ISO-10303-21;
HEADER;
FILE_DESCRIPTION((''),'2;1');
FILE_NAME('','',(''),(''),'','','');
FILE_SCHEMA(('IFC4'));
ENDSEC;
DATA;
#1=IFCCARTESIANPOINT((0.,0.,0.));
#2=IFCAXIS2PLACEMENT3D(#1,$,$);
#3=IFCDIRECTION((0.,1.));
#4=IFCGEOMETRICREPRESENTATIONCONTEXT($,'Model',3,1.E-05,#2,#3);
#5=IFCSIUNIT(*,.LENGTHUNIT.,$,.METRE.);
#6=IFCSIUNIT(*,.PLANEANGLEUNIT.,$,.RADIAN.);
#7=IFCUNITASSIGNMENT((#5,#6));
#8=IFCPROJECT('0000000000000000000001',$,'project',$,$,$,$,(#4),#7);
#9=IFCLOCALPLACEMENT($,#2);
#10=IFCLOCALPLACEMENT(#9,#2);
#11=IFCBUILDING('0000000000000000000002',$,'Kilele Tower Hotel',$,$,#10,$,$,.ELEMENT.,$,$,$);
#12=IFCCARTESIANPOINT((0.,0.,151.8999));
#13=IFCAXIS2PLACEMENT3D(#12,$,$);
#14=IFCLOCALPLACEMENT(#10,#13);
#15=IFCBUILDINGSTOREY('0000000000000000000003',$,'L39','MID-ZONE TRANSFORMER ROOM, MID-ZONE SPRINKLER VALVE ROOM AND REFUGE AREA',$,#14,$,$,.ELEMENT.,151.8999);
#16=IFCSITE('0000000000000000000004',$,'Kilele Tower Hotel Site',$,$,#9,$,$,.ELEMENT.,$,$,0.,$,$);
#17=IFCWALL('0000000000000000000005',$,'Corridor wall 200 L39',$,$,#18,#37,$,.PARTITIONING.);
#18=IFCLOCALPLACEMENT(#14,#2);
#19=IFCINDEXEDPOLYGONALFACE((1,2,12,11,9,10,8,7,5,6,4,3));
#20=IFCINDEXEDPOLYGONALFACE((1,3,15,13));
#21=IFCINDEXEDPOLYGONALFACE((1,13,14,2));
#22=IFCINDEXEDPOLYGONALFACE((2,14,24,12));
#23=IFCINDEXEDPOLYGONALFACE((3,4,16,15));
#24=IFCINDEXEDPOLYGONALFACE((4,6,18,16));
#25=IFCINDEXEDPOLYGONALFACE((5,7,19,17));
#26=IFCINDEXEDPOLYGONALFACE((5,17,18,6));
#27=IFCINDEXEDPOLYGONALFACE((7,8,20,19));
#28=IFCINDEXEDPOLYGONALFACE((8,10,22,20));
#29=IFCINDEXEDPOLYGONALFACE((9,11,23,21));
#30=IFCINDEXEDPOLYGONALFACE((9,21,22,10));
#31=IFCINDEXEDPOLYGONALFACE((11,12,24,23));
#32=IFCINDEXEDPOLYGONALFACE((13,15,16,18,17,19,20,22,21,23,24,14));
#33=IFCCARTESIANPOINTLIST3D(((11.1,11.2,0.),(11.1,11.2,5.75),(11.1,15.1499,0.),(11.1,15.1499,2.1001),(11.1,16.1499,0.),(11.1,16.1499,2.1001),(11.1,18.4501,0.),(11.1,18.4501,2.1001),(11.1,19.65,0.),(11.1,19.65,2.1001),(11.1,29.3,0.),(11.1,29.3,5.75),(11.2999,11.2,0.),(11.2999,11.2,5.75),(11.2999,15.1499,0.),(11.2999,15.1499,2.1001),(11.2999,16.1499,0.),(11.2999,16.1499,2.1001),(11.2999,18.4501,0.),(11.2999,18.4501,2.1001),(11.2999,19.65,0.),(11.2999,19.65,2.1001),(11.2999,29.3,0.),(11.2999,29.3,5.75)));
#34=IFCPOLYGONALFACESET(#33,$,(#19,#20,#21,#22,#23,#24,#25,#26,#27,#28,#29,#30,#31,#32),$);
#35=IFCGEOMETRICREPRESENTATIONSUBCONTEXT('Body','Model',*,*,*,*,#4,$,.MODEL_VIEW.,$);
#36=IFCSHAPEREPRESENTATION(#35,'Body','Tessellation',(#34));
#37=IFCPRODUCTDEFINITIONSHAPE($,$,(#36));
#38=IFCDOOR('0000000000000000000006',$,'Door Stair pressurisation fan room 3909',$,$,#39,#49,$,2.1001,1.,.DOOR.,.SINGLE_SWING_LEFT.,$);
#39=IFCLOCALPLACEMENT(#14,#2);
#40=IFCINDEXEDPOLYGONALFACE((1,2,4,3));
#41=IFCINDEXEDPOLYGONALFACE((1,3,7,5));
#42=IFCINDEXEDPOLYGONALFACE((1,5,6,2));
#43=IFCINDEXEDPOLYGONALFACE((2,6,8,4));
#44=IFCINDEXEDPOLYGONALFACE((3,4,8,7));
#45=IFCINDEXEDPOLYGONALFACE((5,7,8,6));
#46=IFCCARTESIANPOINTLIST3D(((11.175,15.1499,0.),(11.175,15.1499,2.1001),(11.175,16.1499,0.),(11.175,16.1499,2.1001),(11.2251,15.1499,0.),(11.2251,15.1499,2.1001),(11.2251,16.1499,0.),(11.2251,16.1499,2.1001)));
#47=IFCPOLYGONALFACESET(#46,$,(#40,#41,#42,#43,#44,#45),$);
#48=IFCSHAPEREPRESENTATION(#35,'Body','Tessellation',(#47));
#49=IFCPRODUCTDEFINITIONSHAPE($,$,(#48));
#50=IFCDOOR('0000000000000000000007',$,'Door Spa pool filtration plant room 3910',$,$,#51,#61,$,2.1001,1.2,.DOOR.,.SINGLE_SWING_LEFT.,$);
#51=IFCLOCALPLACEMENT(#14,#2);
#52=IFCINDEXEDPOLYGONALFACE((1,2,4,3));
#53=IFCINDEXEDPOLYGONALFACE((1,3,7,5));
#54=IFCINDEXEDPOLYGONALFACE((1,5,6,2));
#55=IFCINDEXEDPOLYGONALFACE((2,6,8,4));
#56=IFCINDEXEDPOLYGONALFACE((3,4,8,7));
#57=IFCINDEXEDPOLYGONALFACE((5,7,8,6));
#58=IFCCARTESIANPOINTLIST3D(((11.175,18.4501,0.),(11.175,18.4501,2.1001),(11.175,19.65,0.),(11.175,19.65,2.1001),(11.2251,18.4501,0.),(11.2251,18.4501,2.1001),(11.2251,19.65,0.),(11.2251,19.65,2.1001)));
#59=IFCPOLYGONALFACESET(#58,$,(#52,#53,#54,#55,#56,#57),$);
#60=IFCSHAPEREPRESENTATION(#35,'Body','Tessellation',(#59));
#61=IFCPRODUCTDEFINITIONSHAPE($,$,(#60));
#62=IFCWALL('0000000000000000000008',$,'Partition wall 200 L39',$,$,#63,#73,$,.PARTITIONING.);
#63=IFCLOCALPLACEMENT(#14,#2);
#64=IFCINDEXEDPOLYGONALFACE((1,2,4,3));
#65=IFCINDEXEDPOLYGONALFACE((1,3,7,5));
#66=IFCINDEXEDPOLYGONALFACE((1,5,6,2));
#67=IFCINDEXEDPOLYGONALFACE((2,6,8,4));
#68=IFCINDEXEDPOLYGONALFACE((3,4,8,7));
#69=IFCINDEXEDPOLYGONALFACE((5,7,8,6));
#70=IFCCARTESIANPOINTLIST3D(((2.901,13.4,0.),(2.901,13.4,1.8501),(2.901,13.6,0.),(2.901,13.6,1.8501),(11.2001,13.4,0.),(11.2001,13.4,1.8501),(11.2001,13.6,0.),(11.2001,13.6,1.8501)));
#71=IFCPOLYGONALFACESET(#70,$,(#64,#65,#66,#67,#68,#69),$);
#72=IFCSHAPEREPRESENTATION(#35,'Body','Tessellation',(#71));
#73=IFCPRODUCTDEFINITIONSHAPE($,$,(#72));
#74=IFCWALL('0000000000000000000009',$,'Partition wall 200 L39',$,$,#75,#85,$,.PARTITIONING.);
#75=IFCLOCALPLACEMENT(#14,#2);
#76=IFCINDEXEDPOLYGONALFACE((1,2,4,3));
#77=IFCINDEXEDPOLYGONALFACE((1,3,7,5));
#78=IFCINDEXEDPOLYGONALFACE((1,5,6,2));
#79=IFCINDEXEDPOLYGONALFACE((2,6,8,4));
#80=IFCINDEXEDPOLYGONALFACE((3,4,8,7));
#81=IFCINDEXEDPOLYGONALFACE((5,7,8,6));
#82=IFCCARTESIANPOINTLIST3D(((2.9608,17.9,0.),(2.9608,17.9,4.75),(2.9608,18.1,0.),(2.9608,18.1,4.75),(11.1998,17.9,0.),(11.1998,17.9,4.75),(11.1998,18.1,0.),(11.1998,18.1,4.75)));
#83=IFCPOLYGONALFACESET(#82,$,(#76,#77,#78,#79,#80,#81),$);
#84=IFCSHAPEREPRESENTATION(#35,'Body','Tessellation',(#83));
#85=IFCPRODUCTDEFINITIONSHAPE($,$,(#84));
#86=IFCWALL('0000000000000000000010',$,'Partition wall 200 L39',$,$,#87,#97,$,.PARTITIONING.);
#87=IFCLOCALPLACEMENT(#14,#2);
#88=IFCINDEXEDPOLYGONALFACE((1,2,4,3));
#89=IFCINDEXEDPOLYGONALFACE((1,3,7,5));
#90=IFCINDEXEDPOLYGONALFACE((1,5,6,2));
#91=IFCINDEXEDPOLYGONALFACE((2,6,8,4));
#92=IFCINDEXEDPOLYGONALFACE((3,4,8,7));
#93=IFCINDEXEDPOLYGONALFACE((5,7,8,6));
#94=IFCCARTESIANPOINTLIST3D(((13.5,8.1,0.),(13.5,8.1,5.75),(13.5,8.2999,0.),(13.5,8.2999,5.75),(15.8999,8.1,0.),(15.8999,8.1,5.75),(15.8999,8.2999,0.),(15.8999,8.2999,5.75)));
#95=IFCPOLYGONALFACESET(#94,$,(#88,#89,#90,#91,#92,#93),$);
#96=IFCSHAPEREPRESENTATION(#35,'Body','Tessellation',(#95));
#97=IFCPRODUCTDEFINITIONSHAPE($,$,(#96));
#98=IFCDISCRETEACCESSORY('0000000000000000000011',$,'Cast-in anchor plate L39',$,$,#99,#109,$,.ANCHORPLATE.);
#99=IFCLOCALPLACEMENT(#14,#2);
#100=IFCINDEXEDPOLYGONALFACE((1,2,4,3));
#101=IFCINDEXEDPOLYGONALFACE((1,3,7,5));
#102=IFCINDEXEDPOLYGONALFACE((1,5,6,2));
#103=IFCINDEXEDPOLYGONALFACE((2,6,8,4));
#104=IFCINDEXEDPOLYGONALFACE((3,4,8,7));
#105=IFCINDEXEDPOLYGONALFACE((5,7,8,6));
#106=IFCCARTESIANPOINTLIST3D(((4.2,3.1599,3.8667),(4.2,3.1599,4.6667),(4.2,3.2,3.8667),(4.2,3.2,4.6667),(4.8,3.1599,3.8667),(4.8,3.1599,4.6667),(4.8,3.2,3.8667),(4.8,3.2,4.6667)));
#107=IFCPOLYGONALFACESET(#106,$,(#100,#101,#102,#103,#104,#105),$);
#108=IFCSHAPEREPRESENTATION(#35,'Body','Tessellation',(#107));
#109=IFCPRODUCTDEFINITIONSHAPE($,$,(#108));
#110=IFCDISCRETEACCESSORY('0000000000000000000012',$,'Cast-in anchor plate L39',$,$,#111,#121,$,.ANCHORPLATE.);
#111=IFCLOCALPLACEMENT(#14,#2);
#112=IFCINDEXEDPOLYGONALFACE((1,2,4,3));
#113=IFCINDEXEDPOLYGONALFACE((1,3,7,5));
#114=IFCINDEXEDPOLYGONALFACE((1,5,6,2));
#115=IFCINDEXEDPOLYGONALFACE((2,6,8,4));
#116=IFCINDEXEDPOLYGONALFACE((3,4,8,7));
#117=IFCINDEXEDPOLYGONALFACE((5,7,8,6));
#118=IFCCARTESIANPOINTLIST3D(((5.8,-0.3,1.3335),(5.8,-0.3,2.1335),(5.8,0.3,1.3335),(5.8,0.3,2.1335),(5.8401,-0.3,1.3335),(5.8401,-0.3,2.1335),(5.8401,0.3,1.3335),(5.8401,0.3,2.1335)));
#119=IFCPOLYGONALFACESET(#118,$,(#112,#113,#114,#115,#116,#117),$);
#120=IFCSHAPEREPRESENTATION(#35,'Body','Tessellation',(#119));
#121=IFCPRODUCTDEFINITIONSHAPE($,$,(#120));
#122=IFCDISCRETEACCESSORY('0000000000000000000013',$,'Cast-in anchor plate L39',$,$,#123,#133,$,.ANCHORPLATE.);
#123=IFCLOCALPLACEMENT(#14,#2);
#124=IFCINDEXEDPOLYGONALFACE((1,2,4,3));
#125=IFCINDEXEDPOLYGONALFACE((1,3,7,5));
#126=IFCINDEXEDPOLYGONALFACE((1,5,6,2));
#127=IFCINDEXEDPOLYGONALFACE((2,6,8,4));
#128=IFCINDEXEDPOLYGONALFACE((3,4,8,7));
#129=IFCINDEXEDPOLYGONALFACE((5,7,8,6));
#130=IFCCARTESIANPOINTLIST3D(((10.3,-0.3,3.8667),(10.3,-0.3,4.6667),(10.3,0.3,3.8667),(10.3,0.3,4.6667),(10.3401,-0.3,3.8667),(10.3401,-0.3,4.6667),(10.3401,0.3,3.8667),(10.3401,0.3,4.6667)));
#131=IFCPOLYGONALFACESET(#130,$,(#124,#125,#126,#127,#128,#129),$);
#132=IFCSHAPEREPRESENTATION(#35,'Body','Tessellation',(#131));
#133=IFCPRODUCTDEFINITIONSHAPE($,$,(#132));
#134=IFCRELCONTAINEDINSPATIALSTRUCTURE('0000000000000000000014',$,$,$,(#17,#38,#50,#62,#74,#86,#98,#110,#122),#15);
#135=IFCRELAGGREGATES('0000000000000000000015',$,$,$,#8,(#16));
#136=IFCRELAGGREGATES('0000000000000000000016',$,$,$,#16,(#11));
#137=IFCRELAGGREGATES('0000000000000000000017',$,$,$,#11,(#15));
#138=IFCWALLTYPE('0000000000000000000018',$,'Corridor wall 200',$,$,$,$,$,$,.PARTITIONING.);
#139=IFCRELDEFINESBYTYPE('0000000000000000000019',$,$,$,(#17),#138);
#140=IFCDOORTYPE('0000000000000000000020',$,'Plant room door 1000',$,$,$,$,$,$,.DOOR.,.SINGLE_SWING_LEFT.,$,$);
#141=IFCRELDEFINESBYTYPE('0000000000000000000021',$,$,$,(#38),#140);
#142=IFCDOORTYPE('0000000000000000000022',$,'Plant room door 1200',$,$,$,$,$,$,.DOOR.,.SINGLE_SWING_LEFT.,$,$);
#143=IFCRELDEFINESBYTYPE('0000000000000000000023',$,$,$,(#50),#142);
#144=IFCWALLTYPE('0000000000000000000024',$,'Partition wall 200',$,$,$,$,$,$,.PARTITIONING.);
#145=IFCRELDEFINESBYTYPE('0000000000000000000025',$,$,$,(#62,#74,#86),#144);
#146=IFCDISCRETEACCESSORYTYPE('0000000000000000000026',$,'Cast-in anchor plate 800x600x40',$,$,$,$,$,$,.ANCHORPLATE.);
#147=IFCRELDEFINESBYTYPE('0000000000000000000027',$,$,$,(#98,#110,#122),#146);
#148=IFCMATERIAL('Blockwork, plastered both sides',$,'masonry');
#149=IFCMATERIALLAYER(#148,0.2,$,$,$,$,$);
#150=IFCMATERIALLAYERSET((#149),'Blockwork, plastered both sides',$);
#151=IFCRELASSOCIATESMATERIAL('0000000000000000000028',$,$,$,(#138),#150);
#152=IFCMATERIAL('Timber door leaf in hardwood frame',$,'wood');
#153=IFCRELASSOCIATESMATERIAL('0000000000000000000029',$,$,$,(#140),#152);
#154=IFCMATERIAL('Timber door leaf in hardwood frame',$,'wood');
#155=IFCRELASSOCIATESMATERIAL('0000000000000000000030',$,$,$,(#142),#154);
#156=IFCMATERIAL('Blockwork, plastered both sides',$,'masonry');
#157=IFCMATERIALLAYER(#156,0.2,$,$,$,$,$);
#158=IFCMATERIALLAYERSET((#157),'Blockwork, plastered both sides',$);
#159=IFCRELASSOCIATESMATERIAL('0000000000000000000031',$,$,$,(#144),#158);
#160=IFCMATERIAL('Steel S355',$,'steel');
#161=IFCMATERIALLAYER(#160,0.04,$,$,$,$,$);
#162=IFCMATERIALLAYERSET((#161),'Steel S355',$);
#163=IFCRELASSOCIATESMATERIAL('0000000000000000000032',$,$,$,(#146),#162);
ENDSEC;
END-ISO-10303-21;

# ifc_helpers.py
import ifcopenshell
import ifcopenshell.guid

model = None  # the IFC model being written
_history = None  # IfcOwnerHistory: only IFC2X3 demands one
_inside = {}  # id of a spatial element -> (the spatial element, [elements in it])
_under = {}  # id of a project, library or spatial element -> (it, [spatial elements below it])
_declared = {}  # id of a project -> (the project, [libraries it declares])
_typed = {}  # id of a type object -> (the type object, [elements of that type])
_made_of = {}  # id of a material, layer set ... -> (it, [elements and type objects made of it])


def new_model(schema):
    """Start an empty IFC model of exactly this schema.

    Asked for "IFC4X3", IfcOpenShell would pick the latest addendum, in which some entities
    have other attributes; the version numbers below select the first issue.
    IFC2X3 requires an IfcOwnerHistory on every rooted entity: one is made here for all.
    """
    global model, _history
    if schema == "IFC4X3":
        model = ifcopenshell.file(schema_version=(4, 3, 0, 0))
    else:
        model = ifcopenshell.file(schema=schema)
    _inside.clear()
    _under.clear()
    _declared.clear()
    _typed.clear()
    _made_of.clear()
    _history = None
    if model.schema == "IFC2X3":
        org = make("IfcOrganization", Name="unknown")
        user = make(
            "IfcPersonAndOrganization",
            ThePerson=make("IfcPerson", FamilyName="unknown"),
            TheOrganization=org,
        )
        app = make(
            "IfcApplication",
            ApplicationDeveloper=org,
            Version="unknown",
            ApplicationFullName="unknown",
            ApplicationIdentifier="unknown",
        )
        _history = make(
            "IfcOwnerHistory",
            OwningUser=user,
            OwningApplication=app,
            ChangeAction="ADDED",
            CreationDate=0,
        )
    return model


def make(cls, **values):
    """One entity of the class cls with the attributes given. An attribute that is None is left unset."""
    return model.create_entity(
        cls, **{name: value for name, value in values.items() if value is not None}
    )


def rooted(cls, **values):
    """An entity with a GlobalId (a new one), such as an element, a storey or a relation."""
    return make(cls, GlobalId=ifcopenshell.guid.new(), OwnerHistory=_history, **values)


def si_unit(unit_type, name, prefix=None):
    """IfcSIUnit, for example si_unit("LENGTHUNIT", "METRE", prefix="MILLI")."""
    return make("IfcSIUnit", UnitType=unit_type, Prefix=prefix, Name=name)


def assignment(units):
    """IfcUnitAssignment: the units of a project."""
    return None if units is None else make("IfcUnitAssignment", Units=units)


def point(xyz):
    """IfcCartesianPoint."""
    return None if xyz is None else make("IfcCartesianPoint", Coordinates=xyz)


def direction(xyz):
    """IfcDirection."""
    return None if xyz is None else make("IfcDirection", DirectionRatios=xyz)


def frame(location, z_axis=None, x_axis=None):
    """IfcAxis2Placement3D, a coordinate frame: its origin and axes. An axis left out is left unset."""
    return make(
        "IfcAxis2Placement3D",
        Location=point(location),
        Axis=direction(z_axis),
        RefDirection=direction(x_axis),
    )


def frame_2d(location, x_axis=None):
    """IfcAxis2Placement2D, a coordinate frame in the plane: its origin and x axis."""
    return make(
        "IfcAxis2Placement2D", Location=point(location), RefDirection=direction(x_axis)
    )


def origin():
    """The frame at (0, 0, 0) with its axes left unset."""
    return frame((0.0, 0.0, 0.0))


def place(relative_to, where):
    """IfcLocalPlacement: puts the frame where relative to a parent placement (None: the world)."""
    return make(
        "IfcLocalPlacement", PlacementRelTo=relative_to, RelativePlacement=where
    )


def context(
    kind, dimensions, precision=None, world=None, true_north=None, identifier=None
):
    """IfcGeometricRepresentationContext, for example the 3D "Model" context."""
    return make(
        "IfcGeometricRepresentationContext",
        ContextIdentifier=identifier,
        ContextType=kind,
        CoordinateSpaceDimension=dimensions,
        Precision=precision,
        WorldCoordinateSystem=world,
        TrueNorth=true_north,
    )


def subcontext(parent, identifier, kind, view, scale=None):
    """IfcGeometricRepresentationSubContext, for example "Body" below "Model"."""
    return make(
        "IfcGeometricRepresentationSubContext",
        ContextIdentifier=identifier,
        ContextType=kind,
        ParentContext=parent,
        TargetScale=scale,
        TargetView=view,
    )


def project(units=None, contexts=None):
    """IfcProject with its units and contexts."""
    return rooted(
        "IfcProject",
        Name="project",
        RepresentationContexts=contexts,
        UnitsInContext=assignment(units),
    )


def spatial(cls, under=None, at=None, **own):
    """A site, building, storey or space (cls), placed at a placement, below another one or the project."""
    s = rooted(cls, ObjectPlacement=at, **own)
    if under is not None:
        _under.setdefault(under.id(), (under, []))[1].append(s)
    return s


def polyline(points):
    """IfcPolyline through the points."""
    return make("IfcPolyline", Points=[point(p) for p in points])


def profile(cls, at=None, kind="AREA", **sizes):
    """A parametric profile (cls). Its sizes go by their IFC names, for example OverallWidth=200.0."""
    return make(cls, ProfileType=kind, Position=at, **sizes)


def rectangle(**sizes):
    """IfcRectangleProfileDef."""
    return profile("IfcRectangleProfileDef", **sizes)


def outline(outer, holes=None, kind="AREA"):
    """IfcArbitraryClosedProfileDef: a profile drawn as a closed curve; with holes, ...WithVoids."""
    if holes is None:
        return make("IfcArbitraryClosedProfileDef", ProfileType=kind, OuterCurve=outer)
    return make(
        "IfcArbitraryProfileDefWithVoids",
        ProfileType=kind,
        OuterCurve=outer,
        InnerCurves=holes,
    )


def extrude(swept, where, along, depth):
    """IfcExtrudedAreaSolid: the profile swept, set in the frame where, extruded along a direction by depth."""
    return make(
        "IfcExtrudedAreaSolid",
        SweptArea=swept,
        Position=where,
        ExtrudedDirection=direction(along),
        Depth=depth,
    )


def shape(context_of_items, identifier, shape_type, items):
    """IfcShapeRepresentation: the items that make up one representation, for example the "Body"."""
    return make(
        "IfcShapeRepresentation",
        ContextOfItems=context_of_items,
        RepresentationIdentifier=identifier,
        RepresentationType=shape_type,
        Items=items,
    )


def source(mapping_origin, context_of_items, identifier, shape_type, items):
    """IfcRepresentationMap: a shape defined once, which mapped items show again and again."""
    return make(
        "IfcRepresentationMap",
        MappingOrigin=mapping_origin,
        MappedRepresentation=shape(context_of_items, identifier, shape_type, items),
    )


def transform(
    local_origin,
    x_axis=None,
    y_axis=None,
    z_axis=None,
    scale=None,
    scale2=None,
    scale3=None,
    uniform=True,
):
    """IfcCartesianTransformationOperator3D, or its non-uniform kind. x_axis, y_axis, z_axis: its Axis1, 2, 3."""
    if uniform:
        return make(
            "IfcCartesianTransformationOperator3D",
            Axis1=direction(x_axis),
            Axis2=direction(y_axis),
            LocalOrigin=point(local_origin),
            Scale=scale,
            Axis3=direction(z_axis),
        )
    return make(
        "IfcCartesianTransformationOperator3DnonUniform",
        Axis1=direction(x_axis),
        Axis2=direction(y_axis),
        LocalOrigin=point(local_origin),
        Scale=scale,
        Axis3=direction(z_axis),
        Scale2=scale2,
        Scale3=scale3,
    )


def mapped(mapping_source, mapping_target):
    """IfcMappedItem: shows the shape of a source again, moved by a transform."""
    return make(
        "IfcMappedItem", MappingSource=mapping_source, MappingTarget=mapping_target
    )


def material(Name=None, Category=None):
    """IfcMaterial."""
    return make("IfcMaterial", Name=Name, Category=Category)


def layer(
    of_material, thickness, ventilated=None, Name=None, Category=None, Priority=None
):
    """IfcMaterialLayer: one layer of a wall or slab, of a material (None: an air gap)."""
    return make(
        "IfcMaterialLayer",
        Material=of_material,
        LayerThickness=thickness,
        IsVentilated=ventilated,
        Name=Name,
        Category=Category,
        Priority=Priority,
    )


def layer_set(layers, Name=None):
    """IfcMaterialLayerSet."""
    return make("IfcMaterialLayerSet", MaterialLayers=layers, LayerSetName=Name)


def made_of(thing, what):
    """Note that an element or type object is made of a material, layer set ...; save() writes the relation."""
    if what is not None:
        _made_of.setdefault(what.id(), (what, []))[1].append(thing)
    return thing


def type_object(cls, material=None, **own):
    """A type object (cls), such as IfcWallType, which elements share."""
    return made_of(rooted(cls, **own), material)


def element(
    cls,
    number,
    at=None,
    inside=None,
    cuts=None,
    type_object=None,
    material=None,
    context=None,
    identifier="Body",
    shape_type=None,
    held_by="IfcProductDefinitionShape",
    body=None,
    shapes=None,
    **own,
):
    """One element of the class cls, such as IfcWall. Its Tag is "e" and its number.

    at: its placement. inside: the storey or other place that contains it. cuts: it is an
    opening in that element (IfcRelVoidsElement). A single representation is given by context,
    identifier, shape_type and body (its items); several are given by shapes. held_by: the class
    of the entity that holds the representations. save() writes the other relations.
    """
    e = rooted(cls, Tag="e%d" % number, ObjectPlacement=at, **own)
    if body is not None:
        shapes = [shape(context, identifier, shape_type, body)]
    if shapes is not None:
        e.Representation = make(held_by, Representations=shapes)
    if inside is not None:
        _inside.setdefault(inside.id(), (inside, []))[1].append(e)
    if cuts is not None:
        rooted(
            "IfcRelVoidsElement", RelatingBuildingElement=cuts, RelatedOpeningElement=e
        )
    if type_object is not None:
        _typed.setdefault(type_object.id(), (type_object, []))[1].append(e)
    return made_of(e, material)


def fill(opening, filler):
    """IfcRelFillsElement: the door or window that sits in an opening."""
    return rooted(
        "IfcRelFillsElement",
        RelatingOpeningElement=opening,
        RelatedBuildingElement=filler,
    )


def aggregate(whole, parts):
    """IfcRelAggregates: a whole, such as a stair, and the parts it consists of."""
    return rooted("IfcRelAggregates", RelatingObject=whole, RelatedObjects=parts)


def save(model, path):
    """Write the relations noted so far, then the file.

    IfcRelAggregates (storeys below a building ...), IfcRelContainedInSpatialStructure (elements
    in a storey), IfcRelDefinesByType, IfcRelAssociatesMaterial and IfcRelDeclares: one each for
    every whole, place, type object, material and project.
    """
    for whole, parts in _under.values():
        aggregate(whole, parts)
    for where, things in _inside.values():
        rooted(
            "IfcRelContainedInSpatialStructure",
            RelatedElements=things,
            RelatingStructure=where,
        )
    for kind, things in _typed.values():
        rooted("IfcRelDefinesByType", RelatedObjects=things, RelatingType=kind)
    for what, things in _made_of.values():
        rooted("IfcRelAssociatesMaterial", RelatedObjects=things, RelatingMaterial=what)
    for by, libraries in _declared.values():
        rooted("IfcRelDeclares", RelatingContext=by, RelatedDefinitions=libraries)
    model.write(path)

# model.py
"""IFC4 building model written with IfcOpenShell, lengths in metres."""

from ifc_helpers import new_model, si_unit, direction, frame, frame_2d, origin, place, context, subcontext, project, spatial, polyline, rectangle, outline, extrude, source, transform, mapped, material, layer, layer_set, type_object, element, fill, save


model = new_model("IFC4")

# Units and contexts
model_context = context("Model", 3, precision=1e-05, world=origin(), true_north=direction((0.0, 1.0)))
body_context = subcontext(model_context, "Body", "Model", "MODEL_VIEW")
ifc_project = project(units=[si_unit("LENGTHUNIT", "METRE"), si_unit("PLANEANGLEUNIT", "RADIAN")], contexts=[model_context])

# Site, building, storey
site_placement = place(None, origin())
site = spatial("IfcSite", under=ifc_project, at=site_placement, Name="Kilele Tower Hotel Site", CompositionType="ELEMENT", RefElevation=0.0)
building_placement = place(site_placement, origin())
building = spatial("IfcBuilding", under=site, at=building_placement, Name="Kilele Tower Hotel", CompositionType="ELEMENT")
storey_placement = place(building_placement, frame((0.0, 0.0, 151.8999)))
storey = spatial("IfcBuildingStorey", under=building, at=storey_placement, Name="L39", Description="MID-ZONE TRANSFORMER ROOM, MID-ZONE SPRINKLER VALVE ROOM AND REFUGE AREA", CompositionType="ELEMENT", Elevation=151.8999)

# Wall, openings, doors
ifc_material_1 = material(Name="Blockwork, plastered both sides", Category="masonry")
ifc_layer_1 = layer(ifc_material_1, 0.2)
ifc_layer_set_1 = layer_set([ifc_layer_1], Name="Blockwork, plastered both sides")
wall_type_1 = type_object("IfcWallType", Name="Corridor wall 200", PredefinedType="PARTITIONING", material=ifc_layer_set_1)
ifc_material_2 = material(Name="Timber door leaf in hardwood frame", Category="wood")
door_type_1 = type_object("IfcDoorType", Name="Plant room door 1000", OperationType="SINGLE_SWING_LEFT", PredefinedType="DOOR", material=ifc_material_2)
ifc_material_3 = material(Name="Timber door leaf in hardwood frame", Category="wood")
door_type_2 = type_object("IfcDoorType", Name="Plant room door 1200", OperationType="SINGLE_SWING_LEFT", PredefinedType="DOOR", material=ifc_material_3)
wall_1_placement = place(storey_placement, frame((11.2, 11.2, 0.0), z_axis=(0.0, 0.0, 1.0), x_axis=(0.0, 1.0, 0.0)))
wall_1 = element("IfcWall", 1, at=wall_1_placement, inside=storey, type_object=wall_type_1, Name="Corridor wall 200 L39", PredefinedType="PARTITIONING", context=body_context, shape_type="SweptSolid", body=[
    extrude(rectangle(XDim=18.1001, YDim=0.2, at=frame_2d((9.05, 0.0))), origin(), (0.0, 0.0, 1.0), 5.75),
])
opening_1_placement = place(wall_1_placement, frame((3.95, 0.0, 0.0)))
opening_1 = element("IfcOpeningElement", 2, at=opening_1_placement, cuts=wall_1, PredefinedType="OPENING", context=body_context, shape_type="SweptSolid", body=[
    extrude(rectangle(XDim=1.0, YDim=2.1001, at=frame_2d((0.5, 1.05))), frame((0.0, 0.1099, 0.0), z_axis=(0.0, -1.0, 0.0), x_axis=(1.0, 0.0, 0.0)), (0.0, 0.0, 1.0), 0.22),
])
opening_2_placement = place(wall_1_placement, frame((7.25, 0.0, 0.0)))
opening_2 = element("IfcOpeningElement", 3, at=opening_2_placement, cuts=wall_1, PredefinedType="OPENING", context=body_context, shape_type="SweptSolid", body=[
    extrude(rectangle(XDim=1.2, YDim=2.1001, at=frame_2d((0.6001, 1.05))), frame((0.0, 0.1099, 0.0), z_axis=(0.0, -1.0, 0.0), x_axis=(1.0, 0.0, 0.0)), (0.0, 0.0, 1.0), 0.22),
])
door_1_placement = place(opening_1_placement, origin())
door_1 = element("IfcDoor", 4, at=door_1_placement, inside=storey, type_object=door_type_1, Name="Door Stair pressurisation fan room 3909", OperationType="SINGLE_SWING_LEFT", OverallHeight=2.1001, OverallWidth=1.0, PredefinedType="DOOR", context=body_context, shape_type="SweptSolid", body=[
    extrude(rectangle(XDim=1.0, YDim=2.1001, at=frame_2d((0.5, 1.05))), frame((0.0, 0.0249, 0.0), z_axis=(0.0, -1.0, 0.0), x_axis=(1.0, 0.0, 0.0)), (0.0, 0.0, 1.0), 0.05),
])
fill(opening_1, door_1)
door_2_placement = place(opening_2_placement, origin())
door_2 = element("IfcDoor", 5, at=door_2_placement, inside=storey, type_object=door_type_2, Name="Door Spa pool filtration plant room 3910", OperationType="SINGLE_SWING_LEFT", OverallHeight=2.1001, OverallWidth=1.2, PredefinedType="DOOR", context=body_context, shape_type="SweptSolid", body=[
    extrude(rectangle(XDim=1.2, YDim=2.1001, at=frame_2d((0.6001, 1.05))), frame((0.0, 0.0249, 0.0), z_axis=(0.0, -1.0, 0.0), x_axis=(1.0, 0.0, 0.0)), (0.0, 0.0, 1.0), 0.05),
])
fill(opening_2, door_2)

# Walls
ifc_material_4 = material(Name="Blockwork, plastered both sides", Category="masonry")
ifc_layer_2 = layer(ifc_material_4, 0.2)
ifc_layer_set_2 = layer_set([ifc_layer_2], Name="Blockwork, plastered both sides")
wall_type_2 = type_object("IfcWallType", Name="Partition wall 200", PredefinedType="PARTITIONING", material=ifc_layer_set_2)
wall_2_placement = place(storey_placement, frame((11.2, 13.5, 0.0), z_axis=(0.0, 0.0, 1.0), x_axis=(-1.0, 0.0, 0.0)))
element("IfcWall", 6, at=wall_2_placement, inside=storey, type_object=wall_type_2, Name="Partition wall 200 L39", PredefinedType="PARTITIONING", context=body_context, shape_type="SweptSolid", body=[
    extrude(rectangle(XDim=8.2991, YDim=0.2, at=frame_2d((4.1494, 0.0))), origin(), (0.0, 0.0, 1.0), 1.8501),
])
wall_3_placement = place(storey_placement, frame((11.2, 18.0, 0.0), z_axis=(0.0, 0.0, 1.0), x_axis=(-1.0, 0.0, 0.0)))
element("IfcWall", 7, at=wall_3_placement, inside=storey, type_object=wall_type_2, Name="Partition wall 200 L39", PredefinedType="PARTITIONING", context=body_context, shape_type="SweptSolid", body=[
    extrude(rectangle(XDim=8.239, YDim=0.2, at=frame_2d((4.1196, 0.0))), origin(), (0.0, 0.0, 1.0), 4.75),
])
wall_4_placement = place(storey_placement, frame((13.5, 8.2, 0.0), z_axis=(0.0, 0.0, 1.0), x_axis=(1.0, 0.0, 0.0)))
element("IfcWall", 8, at=wall_4_placement, inside=storey, type_object=wall_type_2, Name="Partition wall 200 L39", PredefinedType="PARTITIONING", context=body_context, shape_type="SweptSolid", body=[
    extrude(rectangle(XDim=2.3999, YDim=0.2, at=frame_2d((1.2, 0.0))), origin(), (0.0, 0.0, 1.0), 5.75),
])

# Discrete accessories
ifc_material_5 = material(Name="Steel S355", Category="steel")
ifc_layer_3 = layer(ifc_material_5, 0.04)
ifc_layer_set_3 = layer_set([ifc_layer_3], Name="Steel S355")
discrete_accessory_type = type_object("IfcDiscreteAccessoryType", Name="Cast-in anchor plate 800x600x40", PredefinedType="ANCHORPLATE", material=ifc_layer_set_3)
shared_shape = source(origin(), body_context, "Body", "SweptSolid", [
    extrude(outline(polyline([(0.0, 0.0), (0.04, 0.0), (0.04, 0.8), (0.0, 0.8), (0.0, 0.0)])), origin(), (0.0, 0.0, 1.0), 0.6001),
])
for number, where, z_axis, x_axis, name in (
    (9, (4.8, 3.2, 3.8667), (-1.0, 0.0, 0.0), (0.0, -1.0, 0.0), "Cast-in anchor plate L39"),
    (10, (5.8, 0.3, 1.3335), (0.0, -1.0, 0.0), (1.0, 0.0, 0.0), "Cast-in anchor plate L39"),
    (11, (10.3, 0.3, 3.8667), (0.0, -1.0, 0.0), (1.0, 0.0, 0.0), "Cast-in anchor plate L39"),
):
    element("IfcDiscreteAccessory", number, at=place(storey_placement, frame(where, z_axis=z_axis, x_axis=x_axis)), inside=storey, type_object=discrete_accessory_type, Name=name, PredefinedType="ANCHORPLATE", context=body_context, shape_type="MappedRepresentation", body=[
        mapped(shared_shape, transform((0.0, 0.0, 0.0))),
    ])

save(model, "model.ifc")
